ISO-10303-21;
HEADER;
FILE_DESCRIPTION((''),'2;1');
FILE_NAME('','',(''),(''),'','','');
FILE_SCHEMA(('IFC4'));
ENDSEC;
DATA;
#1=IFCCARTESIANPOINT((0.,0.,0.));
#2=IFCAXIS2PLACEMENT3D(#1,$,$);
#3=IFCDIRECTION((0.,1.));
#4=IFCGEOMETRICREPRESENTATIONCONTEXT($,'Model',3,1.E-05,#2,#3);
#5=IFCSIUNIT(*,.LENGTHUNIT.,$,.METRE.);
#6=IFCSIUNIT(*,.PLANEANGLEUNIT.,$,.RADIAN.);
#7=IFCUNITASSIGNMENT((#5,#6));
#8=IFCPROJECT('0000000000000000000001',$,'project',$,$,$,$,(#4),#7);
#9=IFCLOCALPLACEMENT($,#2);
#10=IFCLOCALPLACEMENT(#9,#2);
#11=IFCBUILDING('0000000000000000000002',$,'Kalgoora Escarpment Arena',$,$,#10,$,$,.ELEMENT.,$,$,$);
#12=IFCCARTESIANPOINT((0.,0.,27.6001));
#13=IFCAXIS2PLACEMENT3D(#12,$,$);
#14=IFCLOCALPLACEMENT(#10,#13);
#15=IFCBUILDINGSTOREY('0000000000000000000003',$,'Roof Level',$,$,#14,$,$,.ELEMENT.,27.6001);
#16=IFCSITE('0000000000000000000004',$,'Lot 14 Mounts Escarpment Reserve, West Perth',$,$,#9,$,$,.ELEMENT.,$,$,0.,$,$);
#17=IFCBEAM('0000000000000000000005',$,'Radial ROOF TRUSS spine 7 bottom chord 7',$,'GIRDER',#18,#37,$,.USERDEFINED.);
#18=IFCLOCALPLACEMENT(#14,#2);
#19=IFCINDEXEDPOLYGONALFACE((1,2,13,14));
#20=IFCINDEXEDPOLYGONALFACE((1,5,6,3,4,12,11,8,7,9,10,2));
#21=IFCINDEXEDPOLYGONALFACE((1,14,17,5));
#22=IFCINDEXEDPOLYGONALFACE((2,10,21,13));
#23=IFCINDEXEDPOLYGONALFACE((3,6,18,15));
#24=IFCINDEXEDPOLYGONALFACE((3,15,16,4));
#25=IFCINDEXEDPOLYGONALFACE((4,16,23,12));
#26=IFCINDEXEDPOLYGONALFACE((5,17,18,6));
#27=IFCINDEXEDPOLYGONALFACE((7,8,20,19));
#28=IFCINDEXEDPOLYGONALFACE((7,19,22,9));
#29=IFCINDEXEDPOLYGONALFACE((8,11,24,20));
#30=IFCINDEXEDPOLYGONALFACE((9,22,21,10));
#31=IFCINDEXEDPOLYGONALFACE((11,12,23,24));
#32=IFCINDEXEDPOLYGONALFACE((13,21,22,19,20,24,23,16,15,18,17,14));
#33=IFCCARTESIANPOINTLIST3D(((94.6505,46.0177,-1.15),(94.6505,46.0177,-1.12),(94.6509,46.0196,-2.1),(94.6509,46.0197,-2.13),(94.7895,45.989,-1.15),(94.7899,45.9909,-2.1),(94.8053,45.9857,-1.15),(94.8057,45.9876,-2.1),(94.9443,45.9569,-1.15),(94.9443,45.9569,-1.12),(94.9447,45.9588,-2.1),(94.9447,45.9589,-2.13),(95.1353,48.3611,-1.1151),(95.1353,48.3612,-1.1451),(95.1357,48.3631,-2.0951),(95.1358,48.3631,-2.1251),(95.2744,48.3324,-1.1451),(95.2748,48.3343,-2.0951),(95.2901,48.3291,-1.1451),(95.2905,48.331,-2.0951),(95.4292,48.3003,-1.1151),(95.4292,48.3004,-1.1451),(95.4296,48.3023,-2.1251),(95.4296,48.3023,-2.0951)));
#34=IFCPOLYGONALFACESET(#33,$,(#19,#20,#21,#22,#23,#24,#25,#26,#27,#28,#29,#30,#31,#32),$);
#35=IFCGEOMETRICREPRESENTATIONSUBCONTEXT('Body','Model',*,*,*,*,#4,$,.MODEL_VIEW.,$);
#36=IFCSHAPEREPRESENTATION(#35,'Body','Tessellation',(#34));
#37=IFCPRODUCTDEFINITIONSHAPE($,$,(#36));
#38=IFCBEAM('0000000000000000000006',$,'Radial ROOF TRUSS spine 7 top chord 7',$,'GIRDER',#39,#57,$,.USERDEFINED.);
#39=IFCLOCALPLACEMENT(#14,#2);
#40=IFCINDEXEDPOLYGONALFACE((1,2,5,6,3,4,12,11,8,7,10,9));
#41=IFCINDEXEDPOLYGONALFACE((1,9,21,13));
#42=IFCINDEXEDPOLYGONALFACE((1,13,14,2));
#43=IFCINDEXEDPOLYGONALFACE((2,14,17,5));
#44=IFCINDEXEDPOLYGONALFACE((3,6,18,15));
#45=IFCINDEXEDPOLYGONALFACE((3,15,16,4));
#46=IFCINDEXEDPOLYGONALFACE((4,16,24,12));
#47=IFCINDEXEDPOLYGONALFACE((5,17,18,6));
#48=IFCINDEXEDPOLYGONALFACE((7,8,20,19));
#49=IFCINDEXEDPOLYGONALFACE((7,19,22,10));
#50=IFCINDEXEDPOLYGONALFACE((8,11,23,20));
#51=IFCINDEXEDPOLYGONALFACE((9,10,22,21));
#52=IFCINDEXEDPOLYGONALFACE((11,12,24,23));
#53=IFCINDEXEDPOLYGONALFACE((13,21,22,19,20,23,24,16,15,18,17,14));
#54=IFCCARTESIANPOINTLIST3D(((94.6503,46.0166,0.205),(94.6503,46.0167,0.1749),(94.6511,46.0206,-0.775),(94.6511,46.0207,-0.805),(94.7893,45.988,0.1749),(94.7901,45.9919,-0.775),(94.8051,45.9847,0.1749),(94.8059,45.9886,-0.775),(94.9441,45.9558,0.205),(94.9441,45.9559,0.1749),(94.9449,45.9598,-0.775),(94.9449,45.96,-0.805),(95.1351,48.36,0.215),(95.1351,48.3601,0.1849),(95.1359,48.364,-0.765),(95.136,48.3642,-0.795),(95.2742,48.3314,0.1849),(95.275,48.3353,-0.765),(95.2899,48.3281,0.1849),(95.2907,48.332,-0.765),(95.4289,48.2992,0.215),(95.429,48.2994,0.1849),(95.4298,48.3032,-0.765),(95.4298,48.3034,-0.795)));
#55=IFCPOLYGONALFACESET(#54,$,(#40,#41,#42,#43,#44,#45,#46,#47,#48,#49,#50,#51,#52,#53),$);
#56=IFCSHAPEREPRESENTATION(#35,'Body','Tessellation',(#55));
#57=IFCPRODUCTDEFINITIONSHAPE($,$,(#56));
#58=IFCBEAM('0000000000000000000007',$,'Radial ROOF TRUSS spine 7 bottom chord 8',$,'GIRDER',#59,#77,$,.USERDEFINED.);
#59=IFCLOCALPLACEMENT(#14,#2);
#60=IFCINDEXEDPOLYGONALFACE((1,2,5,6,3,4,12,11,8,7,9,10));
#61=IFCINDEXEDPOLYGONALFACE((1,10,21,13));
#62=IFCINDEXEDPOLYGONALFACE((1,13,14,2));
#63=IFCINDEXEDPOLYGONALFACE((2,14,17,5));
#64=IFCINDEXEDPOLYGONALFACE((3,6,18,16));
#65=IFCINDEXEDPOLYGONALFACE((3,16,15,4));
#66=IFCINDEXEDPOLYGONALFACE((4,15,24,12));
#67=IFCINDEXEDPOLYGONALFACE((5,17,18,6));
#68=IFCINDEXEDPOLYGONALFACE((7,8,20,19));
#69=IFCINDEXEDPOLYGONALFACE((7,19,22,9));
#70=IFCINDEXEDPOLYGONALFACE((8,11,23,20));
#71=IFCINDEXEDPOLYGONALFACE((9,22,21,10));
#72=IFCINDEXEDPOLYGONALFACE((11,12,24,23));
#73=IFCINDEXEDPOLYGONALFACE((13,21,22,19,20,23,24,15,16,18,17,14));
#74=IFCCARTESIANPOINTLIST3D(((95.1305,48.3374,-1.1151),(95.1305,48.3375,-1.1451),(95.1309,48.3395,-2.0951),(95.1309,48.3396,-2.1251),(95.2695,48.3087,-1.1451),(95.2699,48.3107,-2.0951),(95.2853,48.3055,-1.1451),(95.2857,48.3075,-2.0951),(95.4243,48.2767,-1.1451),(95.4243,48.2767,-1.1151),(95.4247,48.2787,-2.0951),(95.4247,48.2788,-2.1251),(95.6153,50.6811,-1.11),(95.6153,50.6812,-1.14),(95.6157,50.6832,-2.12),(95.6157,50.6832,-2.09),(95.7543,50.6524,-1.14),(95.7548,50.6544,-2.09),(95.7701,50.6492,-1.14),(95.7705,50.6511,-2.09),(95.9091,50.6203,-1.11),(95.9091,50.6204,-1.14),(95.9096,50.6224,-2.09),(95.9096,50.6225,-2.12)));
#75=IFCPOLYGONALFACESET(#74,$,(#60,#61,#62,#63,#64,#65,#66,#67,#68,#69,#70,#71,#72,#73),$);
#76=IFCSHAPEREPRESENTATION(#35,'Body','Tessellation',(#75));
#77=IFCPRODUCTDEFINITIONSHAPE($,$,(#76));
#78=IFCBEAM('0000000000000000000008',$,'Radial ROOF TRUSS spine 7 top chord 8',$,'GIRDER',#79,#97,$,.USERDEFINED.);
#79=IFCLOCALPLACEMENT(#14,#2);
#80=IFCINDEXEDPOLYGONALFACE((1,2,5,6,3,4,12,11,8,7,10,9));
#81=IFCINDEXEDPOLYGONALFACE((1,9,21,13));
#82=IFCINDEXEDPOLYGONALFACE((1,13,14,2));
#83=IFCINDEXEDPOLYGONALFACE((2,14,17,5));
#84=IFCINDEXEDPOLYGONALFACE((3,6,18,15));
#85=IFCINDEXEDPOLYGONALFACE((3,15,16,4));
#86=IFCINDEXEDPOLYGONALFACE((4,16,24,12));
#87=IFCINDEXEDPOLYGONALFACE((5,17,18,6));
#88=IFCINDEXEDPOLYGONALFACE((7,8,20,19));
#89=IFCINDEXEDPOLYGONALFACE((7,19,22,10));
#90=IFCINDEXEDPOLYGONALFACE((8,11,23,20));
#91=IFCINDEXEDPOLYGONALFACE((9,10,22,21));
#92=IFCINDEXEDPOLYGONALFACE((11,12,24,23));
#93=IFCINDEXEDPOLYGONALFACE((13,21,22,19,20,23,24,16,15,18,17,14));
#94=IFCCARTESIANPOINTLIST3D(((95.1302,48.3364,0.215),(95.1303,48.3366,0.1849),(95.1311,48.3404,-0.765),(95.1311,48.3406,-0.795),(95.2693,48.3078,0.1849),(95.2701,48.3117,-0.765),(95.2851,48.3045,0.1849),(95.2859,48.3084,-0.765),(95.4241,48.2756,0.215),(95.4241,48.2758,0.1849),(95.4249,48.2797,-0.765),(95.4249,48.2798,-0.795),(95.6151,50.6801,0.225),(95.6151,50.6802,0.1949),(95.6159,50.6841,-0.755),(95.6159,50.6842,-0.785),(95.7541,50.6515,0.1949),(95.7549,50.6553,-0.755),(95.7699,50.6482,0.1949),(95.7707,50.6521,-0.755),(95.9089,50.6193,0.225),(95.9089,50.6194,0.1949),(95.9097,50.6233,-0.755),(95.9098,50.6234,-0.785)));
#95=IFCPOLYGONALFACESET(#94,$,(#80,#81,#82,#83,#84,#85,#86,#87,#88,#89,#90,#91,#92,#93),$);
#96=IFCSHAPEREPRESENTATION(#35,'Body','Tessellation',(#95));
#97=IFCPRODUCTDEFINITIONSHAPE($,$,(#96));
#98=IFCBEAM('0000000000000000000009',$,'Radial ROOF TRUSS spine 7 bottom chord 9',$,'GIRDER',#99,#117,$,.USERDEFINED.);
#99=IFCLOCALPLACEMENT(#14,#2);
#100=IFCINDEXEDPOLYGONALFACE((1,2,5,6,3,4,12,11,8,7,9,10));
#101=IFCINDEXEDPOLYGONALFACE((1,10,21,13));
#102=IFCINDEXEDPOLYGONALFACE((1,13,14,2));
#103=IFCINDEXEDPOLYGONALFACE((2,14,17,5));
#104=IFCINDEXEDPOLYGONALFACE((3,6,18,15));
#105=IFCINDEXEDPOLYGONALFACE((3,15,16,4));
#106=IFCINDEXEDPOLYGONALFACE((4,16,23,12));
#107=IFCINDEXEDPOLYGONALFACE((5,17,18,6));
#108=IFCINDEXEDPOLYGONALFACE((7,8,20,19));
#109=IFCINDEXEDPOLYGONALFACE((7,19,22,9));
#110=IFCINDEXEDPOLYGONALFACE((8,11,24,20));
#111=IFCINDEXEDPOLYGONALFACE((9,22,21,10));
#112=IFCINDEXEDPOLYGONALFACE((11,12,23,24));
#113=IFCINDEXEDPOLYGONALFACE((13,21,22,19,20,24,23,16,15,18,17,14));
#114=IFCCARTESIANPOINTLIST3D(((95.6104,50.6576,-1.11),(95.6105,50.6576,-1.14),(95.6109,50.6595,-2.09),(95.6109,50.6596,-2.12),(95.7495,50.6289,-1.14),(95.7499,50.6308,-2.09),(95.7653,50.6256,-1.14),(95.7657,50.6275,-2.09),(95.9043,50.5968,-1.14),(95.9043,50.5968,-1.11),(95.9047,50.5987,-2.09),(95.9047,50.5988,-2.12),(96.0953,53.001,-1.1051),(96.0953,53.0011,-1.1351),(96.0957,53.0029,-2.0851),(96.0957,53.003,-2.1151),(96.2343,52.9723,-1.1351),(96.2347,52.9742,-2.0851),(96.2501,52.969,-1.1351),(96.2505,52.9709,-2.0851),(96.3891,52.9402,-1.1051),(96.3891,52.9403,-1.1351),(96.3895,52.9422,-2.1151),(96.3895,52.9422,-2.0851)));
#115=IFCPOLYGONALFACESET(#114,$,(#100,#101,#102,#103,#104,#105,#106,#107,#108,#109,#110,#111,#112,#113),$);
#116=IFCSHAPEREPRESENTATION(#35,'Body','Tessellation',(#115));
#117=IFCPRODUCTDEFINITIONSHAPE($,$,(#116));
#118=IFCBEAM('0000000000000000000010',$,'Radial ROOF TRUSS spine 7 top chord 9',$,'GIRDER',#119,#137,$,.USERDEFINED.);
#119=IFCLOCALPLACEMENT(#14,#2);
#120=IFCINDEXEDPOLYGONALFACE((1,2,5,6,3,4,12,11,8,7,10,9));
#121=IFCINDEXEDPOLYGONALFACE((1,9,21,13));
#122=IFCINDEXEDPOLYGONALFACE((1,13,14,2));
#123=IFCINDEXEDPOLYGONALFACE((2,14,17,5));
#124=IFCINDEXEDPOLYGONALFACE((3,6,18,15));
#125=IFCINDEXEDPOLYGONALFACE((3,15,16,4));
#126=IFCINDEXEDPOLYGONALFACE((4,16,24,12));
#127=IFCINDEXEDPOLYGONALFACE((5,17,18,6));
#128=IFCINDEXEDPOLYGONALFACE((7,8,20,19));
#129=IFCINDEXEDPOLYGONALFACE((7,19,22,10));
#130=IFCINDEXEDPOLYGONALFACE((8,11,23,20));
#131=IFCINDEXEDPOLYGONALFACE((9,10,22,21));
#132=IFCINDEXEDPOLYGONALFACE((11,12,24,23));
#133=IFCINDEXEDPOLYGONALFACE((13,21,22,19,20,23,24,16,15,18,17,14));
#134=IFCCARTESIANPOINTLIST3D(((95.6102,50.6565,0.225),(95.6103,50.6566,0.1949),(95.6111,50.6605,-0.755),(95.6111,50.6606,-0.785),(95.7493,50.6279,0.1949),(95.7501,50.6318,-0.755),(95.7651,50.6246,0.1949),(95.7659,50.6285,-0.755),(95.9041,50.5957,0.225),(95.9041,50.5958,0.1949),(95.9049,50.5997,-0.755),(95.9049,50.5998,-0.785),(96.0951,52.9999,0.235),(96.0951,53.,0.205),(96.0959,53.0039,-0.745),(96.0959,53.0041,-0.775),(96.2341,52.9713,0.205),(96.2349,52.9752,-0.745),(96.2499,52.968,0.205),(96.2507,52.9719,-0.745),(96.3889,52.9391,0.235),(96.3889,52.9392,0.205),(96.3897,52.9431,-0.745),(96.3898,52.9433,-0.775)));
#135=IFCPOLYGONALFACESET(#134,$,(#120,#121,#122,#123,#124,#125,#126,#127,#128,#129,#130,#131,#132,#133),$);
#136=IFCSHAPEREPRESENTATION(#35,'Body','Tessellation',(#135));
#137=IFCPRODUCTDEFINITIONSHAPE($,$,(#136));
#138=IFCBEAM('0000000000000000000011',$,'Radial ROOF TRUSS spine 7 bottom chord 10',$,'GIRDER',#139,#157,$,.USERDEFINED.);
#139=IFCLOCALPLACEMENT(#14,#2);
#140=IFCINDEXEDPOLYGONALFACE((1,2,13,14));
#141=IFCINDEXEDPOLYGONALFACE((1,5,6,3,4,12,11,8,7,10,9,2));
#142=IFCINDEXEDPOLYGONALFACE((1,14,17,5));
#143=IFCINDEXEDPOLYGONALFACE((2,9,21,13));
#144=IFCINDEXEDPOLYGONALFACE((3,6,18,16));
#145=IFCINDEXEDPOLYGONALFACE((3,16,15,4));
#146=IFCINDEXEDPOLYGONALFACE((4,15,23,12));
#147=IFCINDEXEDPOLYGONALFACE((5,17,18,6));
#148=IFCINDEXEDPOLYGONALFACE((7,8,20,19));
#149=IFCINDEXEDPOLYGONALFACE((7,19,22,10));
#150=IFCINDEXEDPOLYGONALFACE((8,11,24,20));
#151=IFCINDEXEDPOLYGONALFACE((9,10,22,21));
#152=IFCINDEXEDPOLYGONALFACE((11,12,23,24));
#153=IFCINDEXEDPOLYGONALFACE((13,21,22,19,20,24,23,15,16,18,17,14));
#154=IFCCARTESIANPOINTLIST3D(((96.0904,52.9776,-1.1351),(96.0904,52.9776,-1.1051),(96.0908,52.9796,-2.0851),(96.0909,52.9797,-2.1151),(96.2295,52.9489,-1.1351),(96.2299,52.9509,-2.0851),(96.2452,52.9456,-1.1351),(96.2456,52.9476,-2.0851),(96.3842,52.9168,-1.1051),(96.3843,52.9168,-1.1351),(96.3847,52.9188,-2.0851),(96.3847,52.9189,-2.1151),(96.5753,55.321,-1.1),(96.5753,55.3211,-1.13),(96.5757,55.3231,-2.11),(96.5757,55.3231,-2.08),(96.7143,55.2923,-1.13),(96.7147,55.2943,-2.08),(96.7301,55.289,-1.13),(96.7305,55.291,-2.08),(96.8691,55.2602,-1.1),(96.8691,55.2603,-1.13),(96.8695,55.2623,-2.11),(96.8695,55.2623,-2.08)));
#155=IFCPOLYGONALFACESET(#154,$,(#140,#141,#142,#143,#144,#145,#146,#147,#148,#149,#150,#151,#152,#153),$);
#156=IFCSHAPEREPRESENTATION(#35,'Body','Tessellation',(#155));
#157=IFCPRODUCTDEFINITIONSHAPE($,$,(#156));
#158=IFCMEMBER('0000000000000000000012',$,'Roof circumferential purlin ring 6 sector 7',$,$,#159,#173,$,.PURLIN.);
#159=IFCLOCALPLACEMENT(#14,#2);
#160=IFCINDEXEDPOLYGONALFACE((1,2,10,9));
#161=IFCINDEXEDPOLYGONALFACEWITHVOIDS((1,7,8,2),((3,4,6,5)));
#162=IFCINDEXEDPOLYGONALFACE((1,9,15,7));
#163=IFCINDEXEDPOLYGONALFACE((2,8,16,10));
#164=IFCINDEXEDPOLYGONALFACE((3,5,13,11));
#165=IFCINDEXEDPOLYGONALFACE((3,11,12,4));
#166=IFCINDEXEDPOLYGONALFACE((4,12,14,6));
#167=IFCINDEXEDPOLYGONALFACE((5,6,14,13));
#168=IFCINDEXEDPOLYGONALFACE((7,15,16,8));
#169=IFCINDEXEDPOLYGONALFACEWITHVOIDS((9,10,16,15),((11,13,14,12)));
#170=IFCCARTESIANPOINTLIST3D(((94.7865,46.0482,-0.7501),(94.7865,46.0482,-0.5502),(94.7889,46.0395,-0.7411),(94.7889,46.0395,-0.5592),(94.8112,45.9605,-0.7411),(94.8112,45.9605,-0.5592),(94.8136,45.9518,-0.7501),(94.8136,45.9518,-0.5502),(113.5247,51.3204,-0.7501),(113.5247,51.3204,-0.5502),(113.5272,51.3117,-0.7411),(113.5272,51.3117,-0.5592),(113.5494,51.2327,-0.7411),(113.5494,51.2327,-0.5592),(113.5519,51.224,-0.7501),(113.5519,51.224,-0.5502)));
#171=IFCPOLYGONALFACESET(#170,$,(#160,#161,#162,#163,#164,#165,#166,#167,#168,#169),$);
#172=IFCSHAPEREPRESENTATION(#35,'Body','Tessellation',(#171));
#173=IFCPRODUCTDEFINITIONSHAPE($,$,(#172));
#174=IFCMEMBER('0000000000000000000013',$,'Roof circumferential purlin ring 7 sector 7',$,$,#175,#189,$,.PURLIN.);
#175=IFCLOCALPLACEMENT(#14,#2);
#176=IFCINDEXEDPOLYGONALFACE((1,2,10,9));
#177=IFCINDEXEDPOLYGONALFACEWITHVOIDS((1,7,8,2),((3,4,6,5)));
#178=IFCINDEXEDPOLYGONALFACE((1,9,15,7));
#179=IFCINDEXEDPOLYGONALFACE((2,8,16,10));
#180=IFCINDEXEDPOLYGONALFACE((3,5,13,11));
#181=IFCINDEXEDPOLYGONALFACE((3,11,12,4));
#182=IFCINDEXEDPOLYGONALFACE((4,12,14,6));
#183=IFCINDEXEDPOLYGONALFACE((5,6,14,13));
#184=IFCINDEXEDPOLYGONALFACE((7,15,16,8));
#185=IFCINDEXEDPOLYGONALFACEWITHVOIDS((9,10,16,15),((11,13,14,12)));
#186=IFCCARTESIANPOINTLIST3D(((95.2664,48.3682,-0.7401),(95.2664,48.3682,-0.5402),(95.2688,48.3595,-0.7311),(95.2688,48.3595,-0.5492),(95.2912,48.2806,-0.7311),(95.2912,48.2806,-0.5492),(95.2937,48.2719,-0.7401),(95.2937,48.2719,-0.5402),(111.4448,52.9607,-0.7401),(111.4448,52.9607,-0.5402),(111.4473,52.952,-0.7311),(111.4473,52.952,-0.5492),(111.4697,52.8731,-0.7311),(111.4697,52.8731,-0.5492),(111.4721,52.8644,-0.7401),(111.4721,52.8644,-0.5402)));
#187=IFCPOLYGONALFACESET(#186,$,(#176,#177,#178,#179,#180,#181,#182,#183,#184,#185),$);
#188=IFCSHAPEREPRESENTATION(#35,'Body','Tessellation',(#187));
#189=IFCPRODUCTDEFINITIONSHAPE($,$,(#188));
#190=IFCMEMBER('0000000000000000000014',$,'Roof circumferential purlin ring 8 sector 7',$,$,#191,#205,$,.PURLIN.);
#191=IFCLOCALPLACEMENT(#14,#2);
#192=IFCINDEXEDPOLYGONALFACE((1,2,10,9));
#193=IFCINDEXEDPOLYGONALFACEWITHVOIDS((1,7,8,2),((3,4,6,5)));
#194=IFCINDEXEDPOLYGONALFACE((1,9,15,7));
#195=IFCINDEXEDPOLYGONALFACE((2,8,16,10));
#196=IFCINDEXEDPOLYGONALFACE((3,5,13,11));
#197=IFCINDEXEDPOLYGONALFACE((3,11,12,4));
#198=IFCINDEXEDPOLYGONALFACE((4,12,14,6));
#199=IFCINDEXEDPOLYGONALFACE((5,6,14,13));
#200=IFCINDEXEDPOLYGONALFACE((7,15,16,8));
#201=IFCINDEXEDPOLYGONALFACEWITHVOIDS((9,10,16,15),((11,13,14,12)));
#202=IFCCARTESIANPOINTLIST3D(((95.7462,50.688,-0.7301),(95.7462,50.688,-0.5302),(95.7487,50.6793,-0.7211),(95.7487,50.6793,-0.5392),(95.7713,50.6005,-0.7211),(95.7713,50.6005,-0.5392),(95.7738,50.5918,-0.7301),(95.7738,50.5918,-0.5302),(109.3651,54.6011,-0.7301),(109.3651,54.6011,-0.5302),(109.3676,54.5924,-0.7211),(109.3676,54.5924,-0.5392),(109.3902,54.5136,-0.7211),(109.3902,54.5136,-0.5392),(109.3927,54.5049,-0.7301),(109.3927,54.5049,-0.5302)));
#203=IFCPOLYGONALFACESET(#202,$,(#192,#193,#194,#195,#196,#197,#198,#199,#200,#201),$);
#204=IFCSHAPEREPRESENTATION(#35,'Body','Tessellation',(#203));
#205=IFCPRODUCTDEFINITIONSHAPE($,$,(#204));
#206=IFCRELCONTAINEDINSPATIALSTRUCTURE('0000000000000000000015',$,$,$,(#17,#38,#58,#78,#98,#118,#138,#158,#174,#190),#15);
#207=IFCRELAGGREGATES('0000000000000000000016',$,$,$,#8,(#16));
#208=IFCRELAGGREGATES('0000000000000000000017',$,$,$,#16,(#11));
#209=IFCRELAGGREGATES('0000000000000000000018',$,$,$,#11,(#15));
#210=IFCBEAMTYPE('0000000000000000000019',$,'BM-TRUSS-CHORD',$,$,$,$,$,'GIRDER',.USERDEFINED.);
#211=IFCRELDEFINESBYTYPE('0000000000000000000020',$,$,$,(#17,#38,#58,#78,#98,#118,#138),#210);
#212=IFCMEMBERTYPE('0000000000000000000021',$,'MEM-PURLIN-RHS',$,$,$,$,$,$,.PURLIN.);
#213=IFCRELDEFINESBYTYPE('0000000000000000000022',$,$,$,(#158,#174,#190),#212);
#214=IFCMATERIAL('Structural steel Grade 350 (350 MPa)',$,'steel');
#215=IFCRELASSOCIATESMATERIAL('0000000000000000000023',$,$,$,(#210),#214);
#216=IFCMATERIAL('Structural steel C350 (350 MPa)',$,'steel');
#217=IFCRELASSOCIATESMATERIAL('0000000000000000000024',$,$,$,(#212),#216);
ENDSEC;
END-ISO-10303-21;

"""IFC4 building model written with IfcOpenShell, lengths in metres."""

from ifc_helpers import new_model, si_unit, direction, frame, origin, origin_2d, place, context, subcontext, project, spatial, hollow_rectangle, i_section, extrude, material, material_profile, profile_set, type_object, element, save


model = new_model("IFC4")

# Units and contexts
model_context = context("Model", 3, precision=1e-05, world=origin(), true_north=direction((0.0, 1.0)))
body_context = subcontext(model_context, "Body", "Model", "MODEL_VIEW")
ifc_project = project(units=[si_unit("LENGTHUNIT", "METRE"), si_unit("PLANEANGLEUNIT", "RADIAN")], contexts=[model_context])

# Site, building, storey
site_placement = place(None, origin())
site = spatial("IfcSite", under=ifc_project, at=site_placement, Name="Lot 14 Mounts Escarpment Reserve, West Perth", CompositionType="ELEMENT", RefElevation=0.0)
building_placement = place(site_placement, origin())
building = spatial("IfcBuilding", under=site, at=building_placement, Name="Kalgoora Escarpment Arena", CompositionType="ELEMENT")
storey_placement = place(building_placement, frame((0.0, 0.0, 27.6001)))
storey = spatial("IfcBuildingStorey", under=building, at=storey_placement, Name="Roof Level", CompositionType="ELEMENT", Elevation=27.6001)

# Beams
ifc_material_1 = material(Name="Structural steel Grade 350 (350 MPa)", Category="steel")
ifc_material_profile_1 = material_profile(ifc_material_1, i_section(OverallWidth=0.3, OverallDepth=1.01, WebThickness=0.0161, FlangeThickness=0.03, at=origin_2d()))
ifc_profile_set_1 = profile_set([ifc_material_profile_1], Name="Structural steel Grade 350 (350 MPa)")
beam_type = type_object("IfcBeamType", Name="BM-TRUSS-CHORD", ElementType="GIRDER", PredefinedType="USERDEFINED", material=ifc_profile_set_1)
for number, where, z_axis, x_axis, name in (
    (1, (94.7976, 45.9883, -1.625), (0.202605, 0.979258, 0.00204), (-0.97926, 0.202606, 0.0), "Radial ROOF TRUSS spine 7 bottom chord 7"),
    (2, (94.7976, 45.9883, -0.3), (0.202604, 0.979252, 0.004183), (-0.97926, 0.202606, 0.0), "Radial ROOF TRUSS spine 7 top chord 7"),
):
    element("IfcBeam", number, at=place(storey_placement, frame(where, z_axis=z_axis, x_axis=x_axis)), inside=storey, type_object=beam_type, Name=name, ObjectType="GIRDER", PredefinedType="USERDEFINED", context=body_context, shape_type="SweptSolid", body=[
        extrude(i_section(OverallWidth=0.3, OverallDepth=1.01, WebThickness=0.0161, FlangeThickness=0.03, at=origin_2d()), origin(), (0.0, 0.0, 1.0), 2.3931),
    ])
for number, where, z_axis, x_axis, name in (
    (3, (95.2776, 48.3081, -1.6201), (0.202585, 0.979262, 0.002142), (-0.979265, 0.202585, 0.0), "Radial ROOF TRUSS spine 7 bottom chord 8"),
    (4, (95.2776, 48.3081, -0.29), (0.202584, 0.979256, 0.004182), (-0.979265, 0.202585, 0.0), "Radial ROOF TRUSS spine 7 top chord 8"),
):
    element("IfcBeam", number, at=place(storey_placement, frame(where, z_axis=z_axis, x_axis=x_axis)), inside=storey, type_object=beam_type, Name=name, ObjectType="GIRDER", PredefinedType="USERDEFINED", context=body_context, shape_type="SweptSolid", body=[
        extrude(i_section(OverallWidth=0.3, OverallDepth=1.01, WebThickness=0.0161, FlangeThickness=0.03, at=origin_2d()), origin(), (0.0, 0.0, 1.0), 2.3933),
    ])
for number, where, z_axis, x_axis, name in (
    (5, (95.7576, 50.6282, -1.615), (0.202605, 0.979258, 0.00204), (-0.97926, 0.202606, 0.0), "Radial ROOF TRUSS spine 7 bottom chord 9"),
    (6, (95.7576, 50.6282, -0.28), (0.202604, 0.979252, 0.004183), (-0.97926, 0.202606, 0.0), "Radial ROOF TRUSS spine 7 top chord 9"),
    (7, (96.2375, 52.9482, -1.6101), (0.202605, 0.979258, 0.002142), (-0.97926, 0.202606, 0.0), "Radial ROOF TRUSS spine 7 bottom chord 10"),
):
    element("IfcBeam", number, at=place(storey_placement, frame(where, z_axis=z_axis, x_axis=x_axis)), inside=storey, type_object=beam_type, Name=name, ObjectType="GIRDER", PredefinedType="USERDEFINED", context=body_context, shape_type="SweptSolid", body=[
        extrude(i_section(OverallWidth=0.3, OverallDepth=1.01, WebThickness=0.0161, FlangeThickness=0.03, at=origin_2d()), origin(), (0.0, 0.0, 1.0), 2.3931),
    ])

# Members
ifc_material_2 = material(Name="Structural steel C350 (350 MPa)", Category="steel")
ifc_material_profile_2 = material_profile(ifc_material_2, hollow_rectangle(XDim=0.1001, YDim=0.2, WallThickness=0.009, at=origin_2d()))
ifc_profile_set_2 = profile_set([ifc_material_profile_2], Name="Structural steel C350 (350 MPa)")
member_type_1 = type_object("IfcMemberType", Name="MEM-PURLIN-RHS", PredefinedType="PURLIN", material=ifc_profile_set_2)
member_1_placement = place(storey_placement, frame((94.8, 46.0, -0.6501), z_axis=(0.962623, 0.270844, 0.0), x_axis=(-0.270844, 0.962623, 0.0)))
element("IfcMember", 8, at=member_1_placement, inside=storey, type_object=member_type_1, Name="Roof circumferential purlin ring 6 sector 7", PredefinedType="PURLIN", context=body_context, shape_type="SweptSolid", body=[
    extrude(hollow_rectangle(XDim=0.1001, YDim=0.2, WallThickness=0.009, at=origin_2d()), origin(), (0.0, 0.0, 1.0), 19.4658),
])
member_2_placement = place(storey_placement, frame((95.28, 48.3201, -0.6401), z_axis=(0.961992, 0.273078, 0.0), x_axis=(-0.273078, 0.961992, 0.0)))
element("IfcMember", 9, at=member_2_placement, inside=storey, type_object=member_type_1, Name="Roof circumferential purlin ring 7 sector 7", PredefinedType="PURLIN", context=body_context, shape_type="SweptSolid", body=[
    extrude(hollow_rectangle(XDim=0.1001, YDim=0.2, WallThickness=0.009, at=origin_2d()), origin(), (0.0, 0.0, 1.0), 16.8176),
])
member_3_placement = place(storey_placement, frame((95.76, 50.6399, -0.6301), z_axis=(0.961113, 0.276154, 0.0), x_axis=(-0.276154, 0.961113, 0.0)))
element("IfcMember", 10, at=member_3_placement, inside=storey, type_object=member_type_1, Name="Roof circumferential purlin ring 8 sector 7", PredefinedType="PURLIN", context=body_context, shape_type="SweptSolid", body=[
    extrude(hollow_rectangle(XDim=0.1001, YDim=0.2, WallThickness=0.009, at=origin_2d()), origin(), (0.0, 0.0, 1.0), 14.1699),
])

save(model, "model.ifc")
